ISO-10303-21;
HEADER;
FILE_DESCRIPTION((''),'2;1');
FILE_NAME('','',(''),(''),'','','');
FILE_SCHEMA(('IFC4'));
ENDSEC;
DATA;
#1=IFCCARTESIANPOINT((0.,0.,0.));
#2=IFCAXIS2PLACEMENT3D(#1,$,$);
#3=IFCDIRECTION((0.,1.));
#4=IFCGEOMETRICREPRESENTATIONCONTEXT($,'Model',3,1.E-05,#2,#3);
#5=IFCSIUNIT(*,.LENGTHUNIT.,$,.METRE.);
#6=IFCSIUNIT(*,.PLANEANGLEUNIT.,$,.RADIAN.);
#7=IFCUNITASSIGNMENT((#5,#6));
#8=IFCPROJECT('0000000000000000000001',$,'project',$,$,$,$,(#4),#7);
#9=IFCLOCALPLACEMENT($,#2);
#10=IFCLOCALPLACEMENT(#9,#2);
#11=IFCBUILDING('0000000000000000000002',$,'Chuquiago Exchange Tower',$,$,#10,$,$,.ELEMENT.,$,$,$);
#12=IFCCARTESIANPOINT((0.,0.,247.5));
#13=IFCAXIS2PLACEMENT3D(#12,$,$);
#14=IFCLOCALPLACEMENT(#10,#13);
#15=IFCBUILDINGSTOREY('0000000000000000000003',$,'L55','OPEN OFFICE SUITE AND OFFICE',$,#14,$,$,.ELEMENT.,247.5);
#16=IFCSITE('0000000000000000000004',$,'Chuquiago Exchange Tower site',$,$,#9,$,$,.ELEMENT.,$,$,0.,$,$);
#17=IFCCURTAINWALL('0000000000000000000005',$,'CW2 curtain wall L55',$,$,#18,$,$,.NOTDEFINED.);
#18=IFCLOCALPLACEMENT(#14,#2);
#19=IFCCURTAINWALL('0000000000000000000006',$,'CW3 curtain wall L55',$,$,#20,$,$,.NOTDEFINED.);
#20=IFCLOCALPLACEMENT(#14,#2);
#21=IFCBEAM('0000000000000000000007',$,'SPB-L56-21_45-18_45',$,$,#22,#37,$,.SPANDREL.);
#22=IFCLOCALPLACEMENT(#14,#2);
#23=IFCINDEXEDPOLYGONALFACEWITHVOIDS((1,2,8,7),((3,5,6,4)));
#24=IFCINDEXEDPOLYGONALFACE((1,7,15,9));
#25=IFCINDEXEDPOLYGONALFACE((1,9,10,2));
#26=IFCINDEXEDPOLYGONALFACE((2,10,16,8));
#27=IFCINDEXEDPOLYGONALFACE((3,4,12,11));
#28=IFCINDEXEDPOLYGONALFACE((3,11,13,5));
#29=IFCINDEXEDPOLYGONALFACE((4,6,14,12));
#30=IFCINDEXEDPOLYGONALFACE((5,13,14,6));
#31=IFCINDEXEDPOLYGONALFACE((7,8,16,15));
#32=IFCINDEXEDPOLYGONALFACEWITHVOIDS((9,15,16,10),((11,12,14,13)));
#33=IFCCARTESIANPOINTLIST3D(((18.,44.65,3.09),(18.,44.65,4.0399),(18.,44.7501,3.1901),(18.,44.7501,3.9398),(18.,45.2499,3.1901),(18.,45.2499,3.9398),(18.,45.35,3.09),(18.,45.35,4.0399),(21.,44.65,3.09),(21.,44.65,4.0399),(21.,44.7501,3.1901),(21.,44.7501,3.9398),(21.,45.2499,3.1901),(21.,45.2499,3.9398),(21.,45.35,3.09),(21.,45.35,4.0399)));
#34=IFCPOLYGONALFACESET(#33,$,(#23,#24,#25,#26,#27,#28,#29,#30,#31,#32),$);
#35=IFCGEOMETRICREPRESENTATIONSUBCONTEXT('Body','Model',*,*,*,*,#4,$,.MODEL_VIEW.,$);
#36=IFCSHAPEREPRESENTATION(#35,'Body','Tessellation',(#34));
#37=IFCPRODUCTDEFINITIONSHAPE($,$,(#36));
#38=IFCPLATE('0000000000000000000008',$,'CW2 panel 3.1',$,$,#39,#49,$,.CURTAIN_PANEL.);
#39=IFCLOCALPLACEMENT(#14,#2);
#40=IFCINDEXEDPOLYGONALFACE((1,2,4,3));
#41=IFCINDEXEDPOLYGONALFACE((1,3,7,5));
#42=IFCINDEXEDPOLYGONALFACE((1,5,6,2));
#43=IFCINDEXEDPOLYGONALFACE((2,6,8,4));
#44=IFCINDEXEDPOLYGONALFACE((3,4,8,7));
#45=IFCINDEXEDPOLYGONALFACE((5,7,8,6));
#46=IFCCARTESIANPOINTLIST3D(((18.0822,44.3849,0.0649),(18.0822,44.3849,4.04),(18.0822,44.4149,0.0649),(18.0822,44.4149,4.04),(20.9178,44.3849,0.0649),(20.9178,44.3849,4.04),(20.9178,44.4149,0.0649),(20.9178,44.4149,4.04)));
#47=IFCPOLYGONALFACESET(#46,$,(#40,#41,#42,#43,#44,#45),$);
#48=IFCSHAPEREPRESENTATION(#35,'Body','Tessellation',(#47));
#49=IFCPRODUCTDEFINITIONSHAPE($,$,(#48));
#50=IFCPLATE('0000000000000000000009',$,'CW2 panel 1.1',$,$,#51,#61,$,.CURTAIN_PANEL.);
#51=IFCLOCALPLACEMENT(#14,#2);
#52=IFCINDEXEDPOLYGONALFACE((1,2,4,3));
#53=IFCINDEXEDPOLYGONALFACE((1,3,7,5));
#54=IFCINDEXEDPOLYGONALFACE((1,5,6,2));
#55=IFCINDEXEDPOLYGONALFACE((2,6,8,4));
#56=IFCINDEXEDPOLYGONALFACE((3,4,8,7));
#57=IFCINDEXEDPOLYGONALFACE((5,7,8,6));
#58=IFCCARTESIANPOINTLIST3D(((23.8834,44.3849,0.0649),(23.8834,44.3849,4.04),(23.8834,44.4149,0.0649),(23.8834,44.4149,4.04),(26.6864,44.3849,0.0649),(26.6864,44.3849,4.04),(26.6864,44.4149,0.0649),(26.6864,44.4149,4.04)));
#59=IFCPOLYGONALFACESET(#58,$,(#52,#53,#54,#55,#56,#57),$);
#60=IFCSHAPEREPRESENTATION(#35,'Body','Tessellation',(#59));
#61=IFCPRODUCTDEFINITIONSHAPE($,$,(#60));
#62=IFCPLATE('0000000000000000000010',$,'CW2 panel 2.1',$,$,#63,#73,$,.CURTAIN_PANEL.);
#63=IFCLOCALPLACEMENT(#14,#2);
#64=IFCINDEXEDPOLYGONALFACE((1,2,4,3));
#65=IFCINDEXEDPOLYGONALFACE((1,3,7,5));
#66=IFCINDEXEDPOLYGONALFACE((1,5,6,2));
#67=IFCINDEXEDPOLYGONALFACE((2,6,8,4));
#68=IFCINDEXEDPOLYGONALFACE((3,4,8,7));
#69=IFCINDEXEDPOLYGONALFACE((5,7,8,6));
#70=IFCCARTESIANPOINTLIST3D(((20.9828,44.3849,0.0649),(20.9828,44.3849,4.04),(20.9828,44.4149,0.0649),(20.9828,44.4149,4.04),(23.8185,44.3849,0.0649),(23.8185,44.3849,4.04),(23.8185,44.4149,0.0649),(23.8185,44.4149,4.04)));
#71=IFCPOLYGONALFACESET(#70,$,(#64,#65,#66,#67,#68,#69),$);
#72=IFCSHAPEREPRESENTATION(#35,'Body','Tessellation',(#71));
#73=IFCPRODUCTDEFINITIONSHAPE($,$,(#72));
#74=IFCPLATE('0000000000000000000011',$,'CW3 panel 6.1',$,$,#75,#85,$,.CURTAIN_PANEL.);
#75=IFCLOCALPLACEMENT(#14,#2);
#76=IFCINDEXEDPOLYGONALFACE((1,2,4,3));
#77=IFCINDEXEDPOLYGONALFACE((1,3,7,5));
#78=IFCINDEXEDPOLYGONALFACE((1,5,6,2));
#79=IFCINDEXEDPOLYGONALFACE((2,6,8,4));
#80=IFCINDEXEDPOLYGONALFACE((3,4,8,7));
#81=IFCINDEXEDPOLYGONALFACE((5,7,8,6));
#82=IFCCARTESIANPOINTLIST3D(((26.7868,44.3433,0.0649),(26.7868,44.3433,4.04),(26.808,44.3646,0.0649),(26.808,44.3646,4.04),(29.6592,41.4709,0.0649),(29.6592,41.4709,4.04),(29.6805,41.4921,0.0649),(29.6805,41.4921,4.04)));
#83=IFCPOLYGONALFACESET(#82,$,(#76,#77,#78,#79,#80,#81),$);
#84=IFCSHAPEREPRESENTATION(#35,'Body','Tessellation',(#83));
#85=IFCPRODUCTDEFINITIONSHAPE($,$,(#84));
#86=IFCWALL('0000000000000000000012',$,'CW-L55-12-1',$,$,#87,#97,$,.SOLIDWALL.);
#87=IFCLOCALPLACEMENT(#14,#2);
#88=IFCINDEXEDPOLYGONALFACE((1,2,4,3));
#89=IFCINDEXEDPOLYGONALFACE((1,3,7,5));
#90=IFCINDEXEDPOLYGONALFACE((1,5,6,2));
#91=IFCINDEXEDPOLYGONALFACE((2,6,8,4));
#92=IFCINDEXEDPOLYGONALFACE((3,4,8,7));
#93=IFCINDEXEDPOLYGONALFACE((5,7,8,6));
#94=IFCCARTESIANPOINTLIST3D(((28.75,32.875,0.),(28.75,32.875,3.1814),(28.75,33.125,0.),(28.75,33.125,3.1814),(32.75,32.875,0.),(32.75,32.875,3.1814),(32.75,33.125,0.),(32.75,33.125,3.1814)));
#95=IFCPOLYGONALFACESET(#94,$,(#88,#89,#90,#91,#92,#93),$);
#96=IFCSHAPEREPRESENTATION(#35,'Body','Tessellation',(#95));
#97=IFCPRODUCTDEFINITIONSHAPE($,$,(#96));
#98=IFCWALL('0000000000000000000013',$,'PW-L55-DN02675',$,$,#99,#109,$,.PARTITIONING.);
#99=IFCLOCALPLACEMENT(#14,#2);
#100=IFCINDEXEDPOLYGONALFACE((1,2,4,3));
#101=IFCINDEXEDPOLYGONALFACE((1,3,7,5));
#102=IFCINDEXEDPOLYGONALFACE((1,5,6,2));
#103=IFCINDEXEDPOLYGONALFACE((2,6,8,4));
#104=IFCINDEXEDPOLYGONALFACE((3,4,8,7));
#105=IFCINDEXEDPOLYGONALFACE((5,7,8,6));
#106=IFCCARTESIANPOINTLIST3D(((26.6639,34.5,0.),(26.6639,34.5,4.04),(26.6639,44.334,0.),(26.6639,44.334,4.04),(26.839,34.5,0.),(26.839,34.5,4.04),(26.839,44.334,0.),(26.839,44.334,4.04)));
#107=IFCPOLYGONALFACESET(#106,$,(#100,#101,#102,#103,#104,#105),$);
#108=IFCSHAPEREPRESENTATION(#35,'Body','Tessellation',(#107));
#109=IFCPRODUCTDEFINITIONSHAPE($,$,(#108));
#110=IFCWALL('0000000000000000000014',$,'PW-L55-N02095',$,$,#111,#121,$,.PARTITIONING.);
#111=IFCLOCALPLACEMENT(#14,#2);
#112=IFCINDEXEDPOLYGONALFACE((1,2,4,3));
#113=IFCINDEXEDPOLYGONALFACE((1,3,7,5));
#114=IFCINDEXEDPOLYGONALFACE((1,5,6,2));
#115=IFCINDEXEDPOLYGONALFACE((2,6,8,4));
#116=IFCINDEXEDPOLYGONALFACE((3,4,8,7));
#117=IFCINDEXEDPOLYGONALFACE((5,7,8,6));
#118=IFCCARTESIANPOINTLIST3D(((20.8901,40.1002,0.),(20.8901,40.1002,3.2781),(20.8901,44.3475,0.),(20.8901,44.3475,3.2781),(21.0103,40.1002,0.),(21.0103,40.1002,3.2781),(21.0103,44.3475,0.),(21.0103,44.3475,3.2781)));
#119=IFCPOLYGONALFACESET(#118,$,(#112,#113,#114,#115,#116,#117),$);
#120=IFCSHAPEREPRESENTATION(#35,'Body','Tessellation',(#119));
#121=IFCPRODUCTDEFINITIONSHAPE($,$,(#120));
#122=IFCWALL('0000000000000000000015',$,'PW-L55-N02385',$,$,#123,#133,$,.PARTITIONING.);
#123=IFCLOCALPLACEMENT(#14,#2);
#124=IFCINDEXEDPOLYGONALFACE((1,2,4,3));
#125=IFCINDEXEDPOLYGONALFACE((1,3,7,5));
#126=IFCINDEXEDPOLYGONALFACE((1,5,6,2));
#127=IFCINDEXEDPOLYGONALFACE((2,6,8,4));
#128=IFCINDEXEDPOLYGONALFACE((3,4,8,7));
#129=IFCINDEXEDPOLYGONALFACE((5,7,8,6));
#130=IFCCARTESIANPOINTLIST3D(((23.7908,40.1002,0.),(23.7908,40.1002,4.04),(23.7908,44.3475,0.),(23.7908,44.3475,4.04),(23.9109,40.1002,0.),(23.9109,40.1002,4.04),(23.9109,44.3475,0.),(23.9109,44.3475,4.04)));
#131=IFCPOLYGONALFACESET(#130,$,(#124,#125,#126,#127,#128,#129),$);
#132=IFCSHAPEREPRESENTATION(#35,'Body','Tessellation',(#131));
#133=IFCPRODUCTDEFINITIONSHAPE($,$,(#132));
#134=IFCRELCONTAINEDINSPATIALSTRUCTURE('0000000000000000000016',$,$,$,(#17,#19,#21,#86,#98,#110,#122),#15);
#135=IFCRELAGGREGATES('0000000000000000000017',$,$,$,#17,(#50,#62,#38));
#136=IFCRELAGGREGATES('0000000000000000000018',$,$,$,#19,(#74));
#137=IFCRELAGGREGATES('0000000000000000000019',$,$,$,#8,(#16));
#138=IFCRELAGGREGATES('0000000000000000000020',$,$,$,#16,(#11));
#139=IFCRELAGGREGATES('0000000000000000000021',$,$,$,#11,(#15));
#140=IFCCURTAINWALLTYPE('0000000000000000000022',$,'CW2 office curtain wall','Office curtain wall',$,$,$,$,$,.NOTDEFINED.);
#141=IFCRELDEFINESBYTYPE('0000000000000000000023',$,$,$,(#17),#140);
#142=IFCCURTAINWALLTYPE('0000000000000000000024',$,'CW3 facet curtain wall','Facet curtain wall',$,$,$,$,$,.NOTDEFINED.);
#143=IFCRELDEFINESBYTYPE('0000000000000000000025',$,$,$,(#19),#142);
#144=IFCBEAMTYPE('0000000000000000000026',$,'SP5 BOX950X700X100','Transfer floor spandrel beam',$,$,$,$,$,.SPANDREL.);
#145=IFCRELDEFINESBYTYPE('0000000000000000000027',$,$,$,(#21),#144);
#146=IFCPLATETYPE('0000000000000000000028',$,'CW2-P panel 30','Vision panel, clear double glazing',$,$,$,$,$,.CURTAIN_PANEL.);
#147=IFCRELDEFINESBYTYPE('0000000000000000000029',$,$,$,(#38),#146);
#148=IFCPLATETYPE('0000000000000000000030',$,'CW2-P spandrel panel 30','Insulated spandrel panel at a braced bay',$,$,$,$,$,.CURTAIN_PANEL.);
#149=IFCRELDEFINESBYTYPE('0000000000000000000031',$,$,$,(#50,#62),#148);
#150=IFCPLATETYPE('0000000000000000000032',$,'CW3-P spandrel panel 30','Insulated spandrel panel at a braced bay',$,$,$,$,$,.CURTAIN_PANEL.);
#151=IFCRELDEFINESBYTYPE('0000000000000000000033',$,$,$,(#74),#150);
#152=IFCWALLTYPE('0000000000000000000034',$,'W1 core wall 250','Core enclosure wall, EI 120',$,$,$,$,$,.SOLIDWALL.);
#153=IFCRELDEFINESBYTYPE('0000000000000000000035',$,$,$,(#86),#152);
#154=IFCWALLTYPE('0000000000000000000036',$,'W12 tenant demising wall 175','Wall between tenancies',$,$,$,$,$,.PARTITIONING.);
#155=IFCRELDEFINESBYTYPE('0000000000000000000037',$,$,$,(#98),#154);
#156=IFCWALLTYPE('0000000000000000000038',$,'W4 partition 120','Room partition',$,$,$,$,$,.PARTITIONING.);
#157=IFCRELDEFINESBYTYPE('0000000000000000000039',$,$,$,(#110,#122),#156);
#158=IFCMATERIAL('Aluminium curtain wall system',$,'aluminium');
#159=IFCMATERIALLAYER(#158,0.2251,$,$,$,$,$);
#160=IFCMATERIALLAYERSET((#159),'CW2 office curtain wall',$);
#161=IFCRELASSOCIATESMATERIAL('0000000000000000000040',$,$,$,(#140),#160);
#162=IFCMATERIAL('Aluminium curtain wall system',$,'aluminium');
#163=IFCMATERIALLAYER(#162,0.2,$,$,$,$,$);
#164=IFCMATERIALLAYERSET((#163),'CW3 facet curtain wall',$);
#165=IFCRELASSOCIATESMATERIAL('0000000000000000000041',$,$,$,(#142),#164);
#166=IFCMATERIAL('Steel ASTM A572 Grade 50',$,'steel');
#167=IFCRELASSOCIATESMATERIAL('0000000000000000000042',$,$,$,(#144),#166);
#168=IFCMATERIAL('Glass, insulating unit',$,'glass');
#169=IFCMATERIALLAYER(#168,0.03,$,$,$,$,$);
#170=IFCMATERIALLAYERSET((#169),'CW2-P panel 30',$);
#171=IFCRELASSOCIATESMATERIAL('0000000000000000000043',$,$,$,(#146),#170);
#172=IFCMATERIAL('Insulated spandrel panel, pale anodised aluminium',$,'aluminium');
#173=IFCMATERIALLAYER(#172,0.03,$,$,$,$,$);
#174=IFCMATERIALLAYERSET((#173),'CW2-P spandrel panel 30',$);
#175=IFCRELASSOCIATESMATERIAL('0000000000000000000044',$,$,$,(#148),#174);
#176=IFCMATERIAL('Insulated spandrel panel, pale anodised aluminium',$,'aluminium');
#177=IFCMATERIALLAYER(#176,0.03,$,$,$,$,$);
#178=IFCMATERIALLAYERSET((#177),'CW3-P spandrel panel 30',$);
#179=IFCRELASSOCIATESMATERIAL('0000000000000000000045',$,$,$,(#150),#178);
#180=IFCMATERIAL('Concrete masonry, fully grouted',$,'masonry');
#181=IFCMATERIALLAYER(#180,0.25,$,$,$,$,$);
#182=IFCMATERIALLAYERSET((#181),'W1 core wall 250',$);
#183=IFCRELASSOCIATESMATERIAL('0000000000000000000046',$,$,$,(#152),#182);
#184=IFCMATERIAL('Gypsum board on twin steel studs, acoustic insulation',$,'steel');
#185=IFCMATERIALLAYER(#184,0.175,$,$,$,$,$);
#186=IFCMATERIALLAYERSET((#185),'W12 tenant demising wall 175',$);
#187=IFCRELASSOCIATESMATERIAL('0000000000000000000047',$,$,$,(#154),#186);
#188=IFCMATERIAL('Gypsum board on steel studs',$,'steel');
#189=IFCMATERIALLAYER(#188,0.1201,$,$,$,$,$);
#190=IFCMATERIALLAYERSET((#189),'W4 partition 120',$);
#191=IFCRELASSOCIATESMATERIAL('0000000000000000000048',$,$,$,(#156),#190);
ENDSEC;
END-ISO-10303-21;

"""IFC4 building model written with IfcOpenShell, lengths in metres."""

from ifc_helpers import new_model, si_unit, direction, frame, frame_2d, origin, origin_2d, place, context, subcontext, project, spatial, rectangle, hollow_rectangle, extrude, material, layer, layer_set, material_profile, profile_set, type_object, element, aggregate, save


model = new_model("IFC4")

# Units and contexts
model_context = context("Model", 3, precision=1e-05, world=origin(), true_north=direction((0.0, 1.0)))
body_context = subcontext(model_context, "Body", "Model", "MODEL_VIEW")
ifc_project = project(units=[si_unit("LENGTHUNIT", "METRE"), si_unit("PLANEANGLEUNIT", "RADIAN")], contexts=[model_context])

# Site, building, storey
site_placement = place(None, origin())
site = spatial("IfcSite", under=ifc_project, at=site_placement, Name="Chuquiago Exchange Tower site", CompositionType="ELEMENT", RefElevation=0.0)
building_placement = place(site_placement, origin())
building = spatial("IfcBuilding", under=site, at=building_placement, Name="Chuquiago Exchange Tower", CompositionType="ELEMENT")
storey_placement = place(building_placement, frame((0.0, 0.0, 247.5)))
storey = spatial("IfcBuildingStorey", under=building, at=storey_placement, Name="L55", Description="OPEN OFFICE SUITE AND OFFICE", CompositionType="ELEMENT", Elevation=247.5)

# Curtain walls
ifc_material_1 = material(Name="Aluminium curtain wall system", Category="aluminium")
ifc_layer_1 = layer(ifc_material_1, 0.2251)
ifc_layer_set_1 = layer_set([ifc_layer_1], Name="CW2 office curtain wall")
curtain_wall_type_1 = type_object("IfcCurtainWallType", Name="CW2 office curtain wall", Description="Office curtain wall", PredefinedType="NOTDEFINED", material=ifc_layer_set_1)
curtain_wall_1_placement = place(storey_placement, origin())
curtain_wall_1 = element("IfcCurtainWall", 1, at=curtain_wall_1_placement, inside=storey, type_object=curtain_wall_type_1, Name="CW2 curtain wall L55", PredefinedType="NOTDEFINED")
ifc_material_2 = material(Name="Aluminium curtain wall system", Category="aluminium")
ifc_layer_2 = layer(ifc_material_2, 0.2)
ifc_layer_set_2 = layer_set([ifc_layer_2], Name="CW3 facet curtain wall")
curtain_wall_type_2 = type_object("IfcCurtainWallType", Name="CW3 facet curtain wall", Description="Facet curtain wall", PredefinedType="NOTDEFINED", material=ifc_layer_set_2)
curtain_wall_2_placement = place(storey_placement, origin())
curtain_wall_2 = element("IfcCurtainWall", 2, at=curtain_wall_2_placement, inside=storey, type_object=curtain_wall_type_2, Name="CW3 curtain wall L55", PredefinedType="NOTDEFINED")

# Beam
ifc_material_3 = material(Name="Steel ASTM A572 Grade 50", Category="steel")
ifc_material_profile_1 = material_profile(ifc_material_3, hollow_rectangle(XDim=0.7, YDim=0.95, WallThickness=0.1001, at=origin_2d()), Name="BOX950X700X100")
ifc_profile_set_1 = profile_set([ifc_material_profile_1], Name="Steel ASTM A572 Grade 50")
beam_type_1 = type_object("IfcBeamType", Name="SP5 BOX950X700X100", Description="Transfer floor spandrel beam", PredefinedType="SPANDREL", material=ifc_profile_set_1)
for number, where, z_axis, x_axis, name in (
    (3, (21.0, 45.0, 3.5649), (-1.0, 0.0, 0.0), (0.0, -1.0, 0.0), "SPB-L56-21_45-18_45"),
):
    element("IfcBeam", number, at=place(storey_placement, frame(where, z_axis=z_axis, x_axis=x_axis)), inside=storey, type_object=beam_type_1, Name=name, PredefinedType="SPANDREL", context=body_context, shape_type="SweptSolid", body=[
        extrude(hollow_rectangle(XDim=0.7, YDim=0.95, WallThickness=0.1001, at=origin_2d()), origin(), (0.0, 0.0, 1.0), 3.0),
    ])

# Plates
ifc_material_4 = material(Name="Glass, insulating unit", Category="glass")
ifc_layer_3 = layer(ifc_material_4, 0.03)
ifc_layer_set_3 = layer_set([ifc_layer_3], Name="CW2-P panel 30")
plate_type_1 = type_object("IfcPlateType", Name="CW2-P panel 30", Description="Vision panel, clear double glazing", PredefinedType="CURTAIN_PANEL", material=ifc_layer_set_3)
plate_1_placement = place(storey_placement, frame((19.5, 44.3999, 0.0649), z_axis=(0.0, 0.0, 1.0), x_axis=(-1.0, 0.0, 0.0)))
plate_1 = element("IfcPlate", 4, at=plate_1_placement, type_object=plate_type_1, Name="CW2 panel 3.1", PredefinedType="CURTAIN_PANEL", context=body_context, shape_type="SweptSolid", body=[
    extrude(rectangle(XDim=2.8357, YDim=0.03, at=origin_2d()), origin(), (0.0, 0.0, 1.0), 3.9751),
])
ifc_material_5 = material(Name="Insulated spandrel panel, pale anodised aluminium", Category="aluminium")
ifc_layer_4 = layer(ifc_material_5, 0.03)
ifc_layer_set_4 = layer_set([ifc_layer_4], Name="CW2-P spandrel panel 30")
plate_type_2 = type_object("IfcPlateType", Name="CW2-P spandrel panel 30", Description="Insulated spandrel panel at a braced bay", PredefinedType="CURTAIN_PANEL", material=ifc_layer_set_4)
plate_2_placement = place(storey_placement, frame((25.2849, 44.3999, 0.0649), z_axis=(0.0, 0.0, 1.0), x_axis=(-1.0, 0.0, 0.0)))
plate_2 = element("IfcPlate", 5, at=plate_2_placement, type_object=plate_type_2, Name="CW2 panel 1.1", PredefinedType="CURTAIN_PANEL", context=body_context, shape_type="SweptSolid", body=[
    extrude(rectangle(XDim=2.803, YDim=0.03, at=origin_2d()), origin(), (0.0, 0.0, 1.0), 3.9751),
])
plate_3_placement = place(storey_placement, frame((22.4006, 44.3999, 0.0649), z_axis=(0.0, 0.0, 1.0), x_axis=(-1.0, 0.0, 0.0)))
plate_3 = element("IfcPlate", 6, at=plate_3_placement, type_object=plate_type_2, Name="CW2 panel 2.1", PredefinedType="CURTAIN_PANEL", context=body_context, shape_type="SweptSolid", body=[
    extrude(rectangle(XDim=2.8357, YDim=0.03, at=origin_2d()), origin(), (0.0, 0.0, 1.0), 3.9751),
])
aggregate(curtain_wall_1, [plate_2, plate_3, plate_1])
ifc_material_6 = material(Name="Insulated spandrel panel, pale anodised aluminium", Category="aluminium")
ifc_layer_5 = layer(ifc_material_6, 0.03)
ifc_layer_set_5 = layer_set([ifc_layer_5], Name="CW3-P spandrel panel 30")
plate_type_3 = type_object("IfcPlateType", Name="CW3-P spandrel panel 30", Description="Insulated spandrel panel at a braced bay", PredefinedType="CURTAIN_PANEL", material=ifc_layer_set_5)
plate_4_placement = place(storey_placement, frame((28.2336, 42.9177, 0.0649), z_axis=(0.0, 0.0, 1.0), x_axis=(-0.707107, 0.707107, 0.0)))
plate_4 = element("IfcPlate", 7, at=plate_4_placement, type_object=plate_type_3, Name="CW3 panel 6.1", PredefinedType="CURTAIN_PANEL", context=body_context, shape_type="SweptSolid", body=[
    extrude(rectangle(XDim=4.0623, YDim=0.03, at=origin_2d()), origin(), (0.0, 0.0, 1.0), 3.9751),
])
aggregate(curtain_wall_2, [plate_4])

# Walls
ifc_material_7 = material(Name="Concrete masonry, fully grouted", Category="masonry")
ifc_layer_6 = layer(ifc_material_7, 0.25)
ifc_layer_set_6 = layer_set([ifc_layer_6], Name="W1 core wall 250")
wall_type_1 = type_object("IfcWallType", Name="W1 core wall 250", Description="Core enclosure wall, EI 120", PredefinedType="SOLIDWALL", material=ifc_layer_set_6)
wall_1_placement = place(storey_placement, frame((28.75, 33.0, 0.0), z_axis=(0.0, 0.0, 1.0), x_axis=(1.0, 0.0, 0.0)))
element("IfcWall", 8, at=wall_1_placement, inside=storey, type_object=wall_type_1, Name="CW-L55-12-1", PredefinedType="SOLIDWALL", context=body_context, shape_type="SweptSolid", body=[
    extrude(rectangle(XDim=4.0, YDim=0.25, at=frame_2d((2.0, 0.0))), origin(), (0.0, 0.0, 1.0), 3.1814),
])
ifc_material_8 = material(Name="Gypsum board on twin steel studs, acoustic insulation", Category="steel")
ifc_layer_7 = layer(ifc_material_8, 0.175)
ifc_layer_set_7 = layer_set([ifc_layer_7], Name="W12 tenant demising wall 175")
wall_type_2 = type_object("IfcWallType", Name="W12 tenant demising wall 175", Description="Wall between tenancies", PredefinedType="PARTITIONING", material=ifc_layer_set_7)
wall_2_placement = place(storey_placement, frame((26.7515, 44.334, 0.0), z_axis=(0.0, 0.0, 1.0), x_axis=(0.0, -1.0, 0.0)))
element("IfcWall", 9, at=wall_2_placement, inside=storey, type_object=wall_type_2, Name="PW-L55-DN02675", PredefinedType="PARTITIONING", context=body_context, shape_type="SweptSolid", body=[
    extrude(rectangle(XDim=9.834, YDim=0.175, at=frame_2d((4.917, 0.0))), origin(), (0.0, 0.0, 1.0), 4.04),
])
ifc_material_9 = material(Name="Gypsum board on steel studs", Category="steel")
ifc_layer_8 = layer(ifc_material_9, 0.1201)
ifc_layer_set_8 = layer_set([ifc_layer_8], Name="W4 partition 120")
wall_type_3 = type_object("IfcWallType", Name="W4 partition 120", Description="Room partition", PredefinedType="PARTITIONING", material=ifc_layer_set_8)
wall_3_placement = place(storey_placement, frame((20.9502, 44.3474, 0.0), z_axis=(0.0, 0.0, 1.0), x_axis=(0.0, -1.0, 0.0)))
element("IfcWall", 10, at=wall_3_placement, inside=storey, type_object=wall_type_3, Name="PW-L55-N02095", PredefinedType="PARTITIONING", context=body_context, shape_type="SweptSolid", body=[
    extrude(rectangle(XDim=4.2473, YDim=0.1201, at=frame_2d((2.1235, 0.0))), origin(), (0.0, 0.0, 1.0), 3.2781),
])
wall_4_placement = place(storey_placement, frame((23.8508, 44.3474, 0.0), z_axis=(0.0, 0.0, 1.0), x_axis=(0.0, -1.0, 0.0)))
element("IfcWall", 11, at=wall_4_placement, inside=storey, type_object=wall_type_3, Name="PW-L55-N02385", PredefinedType="PARTITIONING", context=body_context, shape_type="SweptSolid", body=[
    extrude(rectangle(XDim=4.2473, YDim=0.1201, at=frame_2d((2.1235, 0.0))), origin(), (0.0, 0.0, 1.0), 4.04),
])

save(model, "model.ifc")
